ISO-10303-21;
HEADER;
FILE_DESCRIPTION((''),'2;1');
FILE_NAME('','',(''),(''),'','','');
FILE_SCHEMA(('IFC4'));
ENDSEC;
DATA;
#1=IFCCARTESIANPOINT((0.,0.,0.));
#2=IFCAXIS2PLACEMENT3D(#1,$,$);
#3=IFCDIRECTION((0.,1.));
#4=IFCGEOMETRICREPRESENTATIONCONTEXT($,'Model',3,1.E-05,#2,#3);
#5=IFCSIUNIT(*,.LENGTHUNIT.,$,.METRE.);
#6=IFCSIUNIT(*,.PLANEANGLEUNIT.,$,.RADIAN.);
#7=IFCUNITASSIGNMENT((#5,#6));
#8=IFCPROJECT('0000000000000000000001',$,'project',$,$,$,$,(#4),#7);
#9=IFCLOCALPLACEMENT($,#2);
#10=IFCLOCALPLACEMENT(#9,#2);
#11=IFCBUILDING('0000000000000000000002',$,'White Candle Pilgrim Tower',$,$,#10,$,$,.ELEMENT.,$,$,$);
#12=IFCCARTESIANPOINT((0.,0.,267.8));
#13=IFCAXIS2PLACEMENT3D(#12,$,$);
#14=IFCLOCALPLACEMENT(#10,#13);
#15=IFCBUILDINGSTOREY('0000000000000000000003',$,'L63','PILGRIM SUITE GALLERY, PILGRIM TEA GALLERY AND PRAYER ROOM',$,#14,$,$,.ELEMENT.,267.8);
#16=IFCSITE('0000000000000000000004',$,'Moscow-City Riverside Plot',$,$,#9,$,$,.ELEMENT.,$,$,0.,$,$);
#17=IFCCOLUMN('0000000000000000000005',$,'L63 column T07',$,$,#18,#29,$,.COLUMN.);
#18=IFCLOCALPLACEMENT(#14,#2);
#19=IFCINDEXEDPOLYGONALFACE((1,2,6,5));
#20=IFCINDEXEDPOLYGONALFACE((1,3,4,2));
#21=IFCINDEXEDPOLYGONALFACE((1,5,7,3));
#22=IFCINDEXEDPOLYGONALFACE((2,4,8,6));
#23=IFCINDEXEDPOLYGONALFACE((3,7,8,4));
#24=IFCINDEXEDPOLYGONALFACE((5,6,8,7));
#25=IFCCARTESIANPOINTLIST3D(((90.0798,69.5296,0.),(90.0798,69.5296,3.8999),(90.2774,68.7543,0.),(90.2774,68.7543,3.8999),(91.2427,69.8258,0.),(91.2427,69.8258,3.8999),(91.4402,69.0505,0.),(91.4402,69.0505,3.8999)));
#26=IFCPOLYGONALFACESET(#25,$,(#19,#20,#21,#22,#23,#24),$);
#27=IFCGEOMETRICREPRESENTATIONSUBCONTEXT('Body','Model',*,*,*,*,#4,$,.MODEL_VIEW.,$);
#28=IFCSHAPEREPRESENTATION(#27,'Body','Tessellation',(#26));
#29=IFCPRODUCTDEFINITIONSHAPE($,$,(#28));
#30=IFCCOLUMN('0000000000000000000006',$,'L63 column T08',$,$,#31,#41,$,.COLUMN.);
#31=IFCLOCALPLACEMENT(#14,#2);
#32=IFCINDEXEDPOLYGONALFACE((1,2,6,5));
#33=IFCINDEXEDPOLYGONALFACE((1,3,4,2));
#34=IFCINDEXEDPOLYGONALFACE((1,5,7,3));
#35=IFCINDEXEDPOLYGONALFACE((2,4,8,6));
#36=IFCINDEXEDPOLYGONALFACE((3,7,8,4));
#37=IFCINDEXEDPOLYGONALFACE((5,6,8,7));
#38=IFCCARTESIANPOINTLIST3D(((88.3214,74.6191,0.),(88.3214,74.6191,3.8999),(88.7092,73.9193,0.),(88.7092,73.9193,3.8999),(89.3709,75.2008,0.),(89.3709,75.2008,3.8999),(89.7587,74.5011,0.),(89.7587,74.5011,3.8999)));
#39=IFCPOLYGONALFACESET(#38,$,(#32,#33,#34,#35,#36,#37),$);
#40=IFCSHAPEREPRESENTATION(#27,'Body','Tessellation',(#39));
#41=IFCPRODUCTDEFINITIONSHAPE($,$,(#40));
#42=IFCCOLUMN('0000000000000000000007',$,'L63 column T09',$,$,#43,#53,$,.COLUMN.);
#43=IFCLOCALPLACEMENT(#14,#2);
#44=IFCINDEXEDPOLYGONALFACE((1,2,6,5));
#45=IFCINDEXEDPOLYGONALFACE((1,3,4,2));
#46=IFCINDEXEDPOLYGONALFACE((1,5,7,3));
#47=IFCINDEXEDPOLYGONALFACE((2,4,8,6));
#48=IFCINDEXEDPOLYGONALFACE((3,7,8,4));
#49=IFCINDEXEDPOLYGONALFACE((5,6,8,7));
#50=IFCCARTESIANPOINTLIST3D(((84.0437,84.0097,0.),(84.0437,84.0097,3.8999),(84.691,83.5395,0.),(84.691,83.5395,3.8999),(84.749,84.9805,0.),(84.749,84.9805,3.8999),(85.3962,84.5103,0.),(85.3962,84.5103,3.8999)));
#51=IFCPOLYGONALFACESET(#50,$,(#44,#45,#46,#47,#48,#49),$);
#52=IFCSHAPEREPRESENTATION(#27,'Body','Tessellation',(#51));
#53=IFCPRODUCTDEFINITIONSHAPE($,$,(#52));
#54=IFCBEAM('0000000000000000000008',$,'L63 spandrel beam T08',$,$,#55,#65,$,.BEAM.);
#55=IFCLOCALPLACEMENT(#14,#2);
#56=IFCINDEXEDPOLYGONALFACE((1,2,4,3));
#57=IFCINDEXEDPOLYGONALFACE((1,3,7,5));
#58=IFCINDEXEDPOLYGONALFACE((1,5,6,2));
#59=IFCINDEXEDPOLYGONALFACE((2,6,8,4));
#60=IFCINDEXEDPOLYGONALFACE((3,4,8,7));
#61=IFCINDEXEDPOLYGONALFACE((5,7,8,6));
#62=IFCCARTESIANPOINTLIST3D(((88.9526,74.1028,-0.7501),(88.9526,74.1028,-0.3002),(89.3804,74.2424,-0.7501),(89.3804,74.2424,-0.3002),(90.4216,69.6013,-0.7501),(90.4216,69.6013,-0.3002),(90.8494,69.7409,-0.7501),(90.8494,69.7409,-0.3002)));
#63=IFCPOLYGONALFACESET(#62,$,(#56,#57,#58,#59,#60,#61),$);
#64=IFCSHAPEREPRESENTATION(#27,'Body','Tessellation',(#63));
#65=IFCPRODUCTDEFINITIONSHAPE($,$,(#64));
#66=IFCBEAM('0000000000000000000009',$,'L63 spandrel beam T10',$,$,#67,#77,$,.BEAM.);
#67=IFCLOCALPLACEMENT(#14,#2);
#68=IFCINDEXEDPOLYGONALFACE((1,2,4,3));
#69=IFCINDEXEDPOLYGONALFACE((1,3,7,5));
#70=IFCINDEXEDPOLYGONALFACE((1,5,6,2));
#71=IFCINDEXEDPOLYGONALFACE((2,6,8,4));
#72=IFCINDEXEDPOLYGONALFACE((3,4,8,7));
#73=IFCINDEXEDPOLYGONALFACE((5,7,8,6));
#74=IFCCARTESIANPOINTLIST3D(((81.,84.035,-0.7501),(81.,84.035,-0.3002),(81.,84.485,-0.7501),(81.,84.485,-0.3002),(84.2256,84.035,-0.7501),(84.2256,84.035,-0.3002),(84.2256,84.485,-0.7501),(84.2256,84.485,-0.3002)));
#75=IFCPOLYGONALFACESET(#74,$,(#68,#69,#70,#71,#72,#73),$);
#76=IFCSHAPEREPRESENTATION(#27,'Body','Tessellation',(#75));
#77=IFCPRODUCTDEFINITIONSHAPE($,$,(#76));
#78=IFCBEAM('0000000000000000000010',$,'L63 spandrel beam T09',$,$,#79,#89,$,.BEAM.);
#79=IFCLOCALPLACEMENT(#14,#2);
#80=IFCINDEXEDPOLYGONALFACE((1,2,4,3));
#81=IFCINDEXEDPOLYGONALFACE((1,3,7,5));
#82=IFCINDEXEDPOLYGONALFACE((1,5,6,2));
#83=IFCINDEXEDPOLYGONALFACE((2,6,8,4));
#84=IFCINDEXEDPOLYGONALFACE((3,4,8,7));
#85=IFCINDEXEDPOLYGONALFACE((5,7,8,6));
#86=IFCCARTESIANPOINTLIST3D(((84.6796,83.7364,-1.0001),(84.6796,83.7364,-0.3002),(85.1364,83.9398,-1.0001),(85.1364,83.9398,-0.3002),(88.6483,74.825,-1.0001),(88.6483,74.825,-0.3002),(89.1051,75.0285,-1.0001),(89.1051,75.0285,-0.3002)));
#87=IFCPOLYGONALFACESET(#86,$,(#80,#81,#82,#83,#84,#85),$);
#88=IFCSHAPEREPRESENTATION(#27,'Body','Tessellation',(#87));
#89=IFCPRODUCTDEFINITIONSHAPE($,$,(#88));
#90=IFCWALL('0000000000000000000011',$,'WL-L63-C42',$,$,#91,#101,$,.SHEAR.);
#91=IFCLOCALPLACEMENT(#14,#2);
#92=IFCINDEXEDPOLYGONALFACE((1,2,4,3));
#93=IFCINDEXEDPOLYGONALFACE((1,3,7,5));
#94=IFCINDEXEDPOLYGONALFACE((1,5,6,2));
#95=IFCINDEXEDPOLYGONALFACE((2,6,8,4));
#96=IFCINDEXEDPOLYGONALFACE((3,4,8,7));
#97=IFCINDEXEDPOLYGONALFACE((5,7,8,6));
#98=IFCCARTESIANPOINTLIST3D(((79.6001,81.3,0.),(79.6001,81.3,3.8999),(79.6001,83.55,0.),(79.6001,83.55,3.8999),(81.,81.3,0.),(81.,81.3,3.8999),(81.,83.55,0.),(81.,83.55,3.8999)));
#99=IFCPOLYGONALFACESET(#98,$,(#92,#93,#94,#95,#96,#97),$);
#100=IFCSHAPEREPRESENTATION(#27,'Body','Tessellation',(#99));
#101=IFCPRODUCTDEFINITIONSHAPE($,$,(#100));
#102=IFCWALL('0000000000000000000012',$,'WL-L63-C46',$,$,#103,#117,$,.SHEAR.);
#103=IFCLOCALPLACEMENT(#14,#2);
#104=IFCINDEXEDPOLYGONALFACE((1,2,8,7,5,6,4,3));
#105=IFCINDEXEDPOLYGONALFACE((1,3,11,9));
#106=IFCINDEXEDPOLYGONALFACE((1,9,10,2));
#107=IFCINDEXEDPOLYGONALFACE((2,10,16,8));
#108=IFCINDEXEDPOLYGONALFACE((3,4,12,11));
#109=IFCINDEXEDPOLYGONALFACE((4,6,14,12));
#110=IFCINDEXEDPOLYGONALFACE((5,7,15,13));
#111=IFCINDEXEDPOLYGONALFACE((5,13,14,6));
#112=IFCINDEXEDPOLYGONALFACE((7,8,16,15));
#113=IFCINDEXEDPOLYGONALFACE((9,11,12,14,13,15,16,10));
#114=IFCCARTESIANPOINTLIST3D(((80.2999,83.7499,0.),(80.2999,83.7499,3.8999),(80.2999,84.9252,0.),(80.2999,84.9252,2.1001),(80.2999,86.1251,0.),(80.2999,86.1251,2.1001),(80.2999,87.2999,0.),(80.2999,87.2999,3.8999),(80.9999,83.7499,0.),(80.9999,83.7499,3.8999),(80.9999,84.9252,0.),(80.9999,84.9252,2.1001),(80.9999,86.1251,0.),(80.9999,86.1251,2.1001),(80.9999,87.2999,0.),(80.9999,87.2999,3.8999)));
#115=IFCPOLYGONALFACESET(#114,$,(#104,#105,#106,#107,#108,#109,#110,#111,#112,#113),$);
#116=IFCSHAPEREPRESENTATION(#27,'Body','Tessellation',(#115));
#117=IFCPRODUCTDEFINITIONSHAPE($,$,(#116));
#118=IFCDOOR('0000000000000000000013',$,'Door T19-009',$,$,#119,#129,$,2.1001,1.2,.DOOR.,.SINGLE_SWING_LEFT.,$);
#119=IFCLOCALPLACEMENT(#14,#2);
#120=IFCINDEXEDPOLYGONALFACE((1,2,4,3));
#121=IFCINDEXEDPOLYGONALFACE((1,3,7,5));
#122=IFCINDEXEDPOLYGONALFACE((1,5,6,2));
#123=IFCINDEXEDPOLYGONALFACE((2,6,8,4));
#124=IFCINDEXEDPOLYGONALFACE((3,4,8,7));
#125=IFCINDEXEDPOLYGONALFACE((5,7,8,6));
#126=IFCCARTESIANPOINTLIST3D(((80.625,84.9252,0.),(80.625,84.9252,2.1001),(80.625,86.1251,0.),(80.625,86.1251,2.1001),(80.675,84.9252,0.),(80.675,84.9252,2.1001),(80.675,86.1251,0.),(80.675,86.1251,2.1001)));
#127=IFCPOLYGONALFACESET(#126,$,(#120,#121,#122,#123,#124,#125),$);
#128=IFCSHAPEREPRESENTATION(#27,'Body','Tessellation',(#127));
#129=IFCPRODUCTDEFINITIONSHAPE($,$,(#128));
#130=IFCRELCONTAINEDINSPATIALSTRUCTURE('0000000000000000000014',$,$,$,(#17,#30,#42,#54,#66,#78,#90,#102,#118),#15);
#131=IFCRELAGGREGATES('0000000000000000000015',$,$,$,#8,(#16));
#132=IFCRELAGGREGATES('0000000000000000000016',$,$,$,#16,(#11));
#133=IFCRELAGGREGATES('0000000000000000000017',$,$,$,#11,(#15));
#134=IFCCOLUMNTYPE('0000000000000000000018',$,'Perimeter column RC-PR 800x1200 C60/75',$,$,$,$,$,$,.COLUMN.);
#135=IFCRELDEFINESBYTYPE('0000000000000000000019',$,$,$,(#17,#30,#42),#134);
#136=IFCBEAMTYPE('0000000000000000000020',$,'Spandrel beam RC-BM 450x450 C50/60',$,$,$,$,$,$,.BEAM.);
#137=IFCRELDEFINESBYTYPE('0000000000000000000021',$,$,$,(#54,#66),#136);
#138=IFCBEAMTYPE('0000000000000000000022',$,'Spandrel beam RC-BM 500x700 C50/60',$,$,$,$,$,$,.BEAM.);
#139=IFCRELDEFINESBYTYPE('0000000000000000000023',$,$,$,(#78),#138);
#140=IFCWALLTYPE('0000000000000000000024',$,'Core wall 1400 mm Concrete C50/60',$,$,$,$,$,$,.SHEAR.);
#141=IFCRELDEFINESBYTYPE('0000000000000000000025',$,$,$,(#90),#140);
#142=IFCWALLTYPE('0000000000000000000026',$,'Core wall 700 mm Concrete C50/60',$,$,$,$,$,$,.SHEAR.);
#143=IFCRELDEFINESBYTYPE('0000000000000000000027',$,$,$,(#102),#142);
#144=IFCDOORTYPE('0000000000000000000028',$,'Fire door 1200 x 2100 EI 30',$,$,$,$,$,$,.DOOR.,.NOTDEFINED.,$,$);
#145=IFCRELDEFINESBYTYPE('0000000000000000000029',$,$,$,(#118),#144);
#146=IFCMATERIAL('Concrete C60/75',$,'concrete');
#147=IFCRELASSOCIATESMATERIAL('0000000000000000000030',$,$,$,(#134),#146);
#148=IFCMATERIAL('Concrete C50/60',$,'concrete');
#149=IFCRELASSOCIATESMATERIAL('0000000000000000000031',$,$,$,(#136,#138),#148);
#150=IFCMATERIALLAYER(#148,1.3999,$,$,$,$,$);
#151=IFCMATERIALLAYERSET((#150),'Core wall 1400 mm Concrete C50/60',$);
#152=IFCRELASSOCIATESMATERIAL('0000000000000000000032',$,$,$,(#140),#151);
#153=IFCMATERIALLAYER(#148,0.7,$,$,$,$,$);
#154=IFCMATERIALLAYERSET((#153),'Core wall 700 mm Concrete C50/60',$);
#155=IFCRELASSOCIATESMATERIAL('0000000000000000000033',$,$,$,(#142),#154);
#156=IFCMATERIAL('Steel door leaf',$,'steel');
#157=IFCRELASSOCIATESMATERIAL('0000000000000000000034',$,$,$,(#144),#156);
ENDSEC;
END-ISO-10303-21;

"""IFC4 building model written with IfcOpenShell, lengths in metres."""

from ifc_helpers import new_model, si_unit, direction, frame, frame_2d, origin, origin_2d, place, context, subcontext, project, spatial, rectangle, extrude, material, layer, layer_set, material_profile, profile_set, type_object, element, fill, save


model = new_model("IFC4")

# Units and contexts
model_context = context("Model", 3, precision=1e-05, world=origin(), true_north=direction((0.0, 1.0)))
body_context = subcontext(model_context, "Body", "Model", "MODEL_VIEW")
ifc_project = project(units=[si_unit("LENGTHUNIT", "METRE"), si_unit("PLANEANGLEUNIT", "RADIAN")], contexts=[model_context])

# Site, building, storey
site_placement = place(None, origin())
site = spatial("IfcSite", under=ifc_project, at=site_placement, Name="Moscow-City Riverside Plot", CompositionType="ELEMENT", RefElevation=0.0)
building_placement = place(site_placement, origin())
building = spatial("IfcBuilding", under=site, at=building_placement, Name="White Candle Pilgrim Tower", CompositionType="ELEMENT")
storey_placement = place(building_placement, frame((0.0, 0.0, 267.8)))
storey = spatial("IfcBuildingStorey", under=building, at=storey_placement, Name="L63", Description="PILGRIM SUITE GALLERY, PILGRIM TEA GALLERY AND PRAYER ROOM", CompositionType="ELEMENT", Elevation=267.8)

# Columns
ifc_material_1 = material(Name="Concrete C60/75", Category="concrete")
ifc_material_profile_1 = material_profile(ifc_material_1, rectangle(XDim=0.8, YDim=1.2, at=origin_2d()), Name="RC-PR 800x1200")
ifc_profile_set_1 = profile_set([ifc_material_profile_1], Name="Concrete C60/75")
column_type = type_object("IfcColumnType", Name="Perimeter column RC-PR 800x1200 C60/75", PredefinedType="COLUMN", material=ifc_profile_set_1)
for number, where, z_axis, x_axis, name in (
    (1, (90.76, 69.29, 0.0), (0.0, 0.0, 1.0), (0.246881, -0.969046, 0.0), "L63 column T07"),
    (2, (89.04, 74.5601, 0.0), (0.0, 0.0, 1.0), (0.48481, -0.87462, 0.0), "L63 column T08"),
    (3, (84.72, 84.26, 0.0), (0.0, 0.0, 1.0), (0.809027, -0.587771, 0.0), "L63 column T09"),
):
    element("IfcColumn", number, at=place(storey_placement, frame(where, z_axis=z_axis, x_axis=x_axis)), inside=storey, type_object=column_type, Name=name, PredefinedType="COLUMN", context=body_context, shape_type="SweptSolid", body=[
        extrude(rectangle(XDim=0.8, YDim=1.2, at=origin_2d()), origin(), (0.0, 0.0, 1.0), 3.8999),
    ])

# Beams
ifc_material_2 = material(Name="Concrete C50/60", Category="concrete")
ifc_material_profile_2 = material_profile(ifc_material_2, rectangle(XDim=0.45, YDim=0.45, at=origin_2d()), Name="RC-BM 450x450")
ifc_profile_set_2 = profile_set([ifc_material_profile_2], Name="Concrete C50/60")
beam_type_1 = type_object("IfcBeamType", Name="Spandrel beam RC-BM 450x450 C50/60", PredefinedType="BEAM", material=ifc_profile_set_2)
beam_1_placement = place(storey_placement, frame((90.6355, 69.6711, -0.5251), z_axis=(-0.310235, 0.95066, 0.0), x_axis=(-0.95066, -0.310235, 0.0)))
element("IfcBeam", 4, at=beam_1_placement, inside=storey, type_object=beam_type_1, Name="L63 spandrel beam T08", PredefinedType="BEAM", context=body_context, shape_type="SweptSolid", body=[
    extrude(rectangle(XDim=0.45, YDim=0.45, at=origin_2d()), origin(), (0.0, 0.0, 1.0), 4.7351),
])
beam_2_placement = place(storey_placement, frame((84.2256, 84.26, -0.5251), z_axis=(-1.0, 0.0, 0.0), x_axis=(0.0, -1.0, 0.0)))
element("IfcBeam", 5, at=beam_2_placement, inside=storey, type_object=beam_type_1, Name="L63 spandrel beam T10", PredefinedType="BEAM", context=body_context, shape_type="SweptSolid", body=[
    extrude(rectangle(XDim=0.45, YDim=0.45, at=origin_2d()), origin(), (0.0, 0.0, 1.0), 3.2256),
])
ifc_material_profile_3 = material_profile(ifc_material_2, rectangle(XDim=0.5, YDim=0.7, at=origin_2d()), Name="RC-BM 500x700")
ifc_profile_set_3 = profile_set([ifc_material_profile_3], Name="Concrete C50/60")
beam_type_2 = type_object("IfcBeamType", Name="Spandrel beam RC-BM 500x700 C50/60", PredefinedType="BEAM", material=ifc_profile_set_3)
beam_3_placement = place(storey_placement, frame((88.8767, 74.9268, -0.6501), z_axis=(-0.406835, 0.913502, 0.0), x_axis=(-0.913502, -0.406835, 0.0)))
element("IfcBeam", 6, at=beam_3_placement, inside=storey, type_object=beam_type_2, Name="L63 spandrel beam T09", PredefinedType="BEAM", context=body_context, shape_type="SweptSolid", body=[
    extrude(rectangle(XDim=0.5, YDim=0.7, at=origin_2d()), origin(), (0.0, 0.0, 1.0), 9.7551),
])

# Wall
ifc_layer_1 = layer(ifc_material_2, 1.3999)
ifc_layer_set_1 = layer_set([ifc_layer_1], Name="Core wall 1400 mm Concrete C50/60")
wall_type_1 = type_object("IfcWallType", Name="Core wall 1400 mm Concrete C50/60", PredefinedType="SHEAR", material=ifc_layer_set_1)
wall_1_placement = place(storey_placement, frame((80.3, 81.3, 0.0), z_axis=(0.0, 0.0, 1.0), x_axis=(0.0, 1.0, 0.0)))
element("IfcWall", 7, at=wall_1_placement, inside=storey, type_object=wall_type_1, Name="WL-L63-C42", PredefinedType="SHEAR", context=body_context, shape_type="SweptSolid", body=[
    extrude(rectangle(XDim=2.25, YDim=1.3999, at=frame_2d((1.125, 0.0))), origin(), (0.0, 0.0, 1.0), 3.8999),
])

# Wall, opening, door
ifc_layer_2 = layer(ifc_material_2, 0.7)
ifc_layer_set_2 = layer_set([ifc_layer_2], Name="Core wall 700 mm Concrete C50/60")
wall_type_2 = type_object("IfcWallType", Name="Core wall 700 mm Concrete C50/60", PredefinedType="SHEAR", material=ifc_layer_set_2)
wall_2_placement = place(storey_placement, frame((80.6499, 83.75, 0.0), z_axis=(0.0, 0.0, 1.0), x_axis=(0.0, 1.0, 0.0)))
wall_2 = element("IfcWall", 8, at=wall_2_placement, inside=storey, type_object=wall_type_2, Name="WL-L63-C46", PredefinedType="SHEAR", context=body_context, shape_type="SweptSolid", body=[
    extrude(rectangle(XDim=3.55, YDim=0.7, at=frame_2d((1.7749, 0.0))), origin(), (0.0, 0.0, 1.0), 3.8999),
])
opening_1_placement = place(wall_2_placement, frame((1.175, 0.0, 0.0)))
opening_1 = element("IfcOpeningElement", 9, at=opening_1_placement, cuts=wall_2, PredefinedType="OPENING", context=body_context, shape_type="SweptSolid", body=[
    extrude(rectangle(XDim=1.2, YDim=2.1001, at=frame_2d((0.6001, 1.05))), frame((0.0, 0.3599, 0.0), z_axis=(0.0, -1.0, 0.0), x_axis=(1.0, 0.0, 0.0)), (0.0, 0.0, 1.0), 0.72),
])
ifc_material_3 = material(Name="Steel door leaf", Category="steel")
door_type_1 = type_object("IfcDoorType", Name="Fire door 1200 x 2100 EI 30", OperationType="NOTDEFINED", PredefinedType="DOOR", material=ifc_material_3)
door_1_placement = place(opening_1_placement, origin())
door_1 = element("IfcDoor", 10, at=door_1_placement, inside=storey, type_object=door_type_1, Name="Door T19-009", OperationType="SINGLE_SWING_LEFT", OverallHeight=2.1001, OverallWidth=1.2, PredefinedType="DOOR", context=body_context, shape_type="SweptSolid", body=[
    extrude(rectangle(XDim=1.2, YDim=2.1001, at=frame_2d((0.6001, 1.05))), frame((0.0, 0.0249, 0.0), z_axis=(0.0, -1.0, 0.0), x_axis=(1.0, 0.0, 0.0)), (0.0, 0.0, 1.0), 0.05),
])
fill(opening_1, door_1)

save(model, "model.ifc")
